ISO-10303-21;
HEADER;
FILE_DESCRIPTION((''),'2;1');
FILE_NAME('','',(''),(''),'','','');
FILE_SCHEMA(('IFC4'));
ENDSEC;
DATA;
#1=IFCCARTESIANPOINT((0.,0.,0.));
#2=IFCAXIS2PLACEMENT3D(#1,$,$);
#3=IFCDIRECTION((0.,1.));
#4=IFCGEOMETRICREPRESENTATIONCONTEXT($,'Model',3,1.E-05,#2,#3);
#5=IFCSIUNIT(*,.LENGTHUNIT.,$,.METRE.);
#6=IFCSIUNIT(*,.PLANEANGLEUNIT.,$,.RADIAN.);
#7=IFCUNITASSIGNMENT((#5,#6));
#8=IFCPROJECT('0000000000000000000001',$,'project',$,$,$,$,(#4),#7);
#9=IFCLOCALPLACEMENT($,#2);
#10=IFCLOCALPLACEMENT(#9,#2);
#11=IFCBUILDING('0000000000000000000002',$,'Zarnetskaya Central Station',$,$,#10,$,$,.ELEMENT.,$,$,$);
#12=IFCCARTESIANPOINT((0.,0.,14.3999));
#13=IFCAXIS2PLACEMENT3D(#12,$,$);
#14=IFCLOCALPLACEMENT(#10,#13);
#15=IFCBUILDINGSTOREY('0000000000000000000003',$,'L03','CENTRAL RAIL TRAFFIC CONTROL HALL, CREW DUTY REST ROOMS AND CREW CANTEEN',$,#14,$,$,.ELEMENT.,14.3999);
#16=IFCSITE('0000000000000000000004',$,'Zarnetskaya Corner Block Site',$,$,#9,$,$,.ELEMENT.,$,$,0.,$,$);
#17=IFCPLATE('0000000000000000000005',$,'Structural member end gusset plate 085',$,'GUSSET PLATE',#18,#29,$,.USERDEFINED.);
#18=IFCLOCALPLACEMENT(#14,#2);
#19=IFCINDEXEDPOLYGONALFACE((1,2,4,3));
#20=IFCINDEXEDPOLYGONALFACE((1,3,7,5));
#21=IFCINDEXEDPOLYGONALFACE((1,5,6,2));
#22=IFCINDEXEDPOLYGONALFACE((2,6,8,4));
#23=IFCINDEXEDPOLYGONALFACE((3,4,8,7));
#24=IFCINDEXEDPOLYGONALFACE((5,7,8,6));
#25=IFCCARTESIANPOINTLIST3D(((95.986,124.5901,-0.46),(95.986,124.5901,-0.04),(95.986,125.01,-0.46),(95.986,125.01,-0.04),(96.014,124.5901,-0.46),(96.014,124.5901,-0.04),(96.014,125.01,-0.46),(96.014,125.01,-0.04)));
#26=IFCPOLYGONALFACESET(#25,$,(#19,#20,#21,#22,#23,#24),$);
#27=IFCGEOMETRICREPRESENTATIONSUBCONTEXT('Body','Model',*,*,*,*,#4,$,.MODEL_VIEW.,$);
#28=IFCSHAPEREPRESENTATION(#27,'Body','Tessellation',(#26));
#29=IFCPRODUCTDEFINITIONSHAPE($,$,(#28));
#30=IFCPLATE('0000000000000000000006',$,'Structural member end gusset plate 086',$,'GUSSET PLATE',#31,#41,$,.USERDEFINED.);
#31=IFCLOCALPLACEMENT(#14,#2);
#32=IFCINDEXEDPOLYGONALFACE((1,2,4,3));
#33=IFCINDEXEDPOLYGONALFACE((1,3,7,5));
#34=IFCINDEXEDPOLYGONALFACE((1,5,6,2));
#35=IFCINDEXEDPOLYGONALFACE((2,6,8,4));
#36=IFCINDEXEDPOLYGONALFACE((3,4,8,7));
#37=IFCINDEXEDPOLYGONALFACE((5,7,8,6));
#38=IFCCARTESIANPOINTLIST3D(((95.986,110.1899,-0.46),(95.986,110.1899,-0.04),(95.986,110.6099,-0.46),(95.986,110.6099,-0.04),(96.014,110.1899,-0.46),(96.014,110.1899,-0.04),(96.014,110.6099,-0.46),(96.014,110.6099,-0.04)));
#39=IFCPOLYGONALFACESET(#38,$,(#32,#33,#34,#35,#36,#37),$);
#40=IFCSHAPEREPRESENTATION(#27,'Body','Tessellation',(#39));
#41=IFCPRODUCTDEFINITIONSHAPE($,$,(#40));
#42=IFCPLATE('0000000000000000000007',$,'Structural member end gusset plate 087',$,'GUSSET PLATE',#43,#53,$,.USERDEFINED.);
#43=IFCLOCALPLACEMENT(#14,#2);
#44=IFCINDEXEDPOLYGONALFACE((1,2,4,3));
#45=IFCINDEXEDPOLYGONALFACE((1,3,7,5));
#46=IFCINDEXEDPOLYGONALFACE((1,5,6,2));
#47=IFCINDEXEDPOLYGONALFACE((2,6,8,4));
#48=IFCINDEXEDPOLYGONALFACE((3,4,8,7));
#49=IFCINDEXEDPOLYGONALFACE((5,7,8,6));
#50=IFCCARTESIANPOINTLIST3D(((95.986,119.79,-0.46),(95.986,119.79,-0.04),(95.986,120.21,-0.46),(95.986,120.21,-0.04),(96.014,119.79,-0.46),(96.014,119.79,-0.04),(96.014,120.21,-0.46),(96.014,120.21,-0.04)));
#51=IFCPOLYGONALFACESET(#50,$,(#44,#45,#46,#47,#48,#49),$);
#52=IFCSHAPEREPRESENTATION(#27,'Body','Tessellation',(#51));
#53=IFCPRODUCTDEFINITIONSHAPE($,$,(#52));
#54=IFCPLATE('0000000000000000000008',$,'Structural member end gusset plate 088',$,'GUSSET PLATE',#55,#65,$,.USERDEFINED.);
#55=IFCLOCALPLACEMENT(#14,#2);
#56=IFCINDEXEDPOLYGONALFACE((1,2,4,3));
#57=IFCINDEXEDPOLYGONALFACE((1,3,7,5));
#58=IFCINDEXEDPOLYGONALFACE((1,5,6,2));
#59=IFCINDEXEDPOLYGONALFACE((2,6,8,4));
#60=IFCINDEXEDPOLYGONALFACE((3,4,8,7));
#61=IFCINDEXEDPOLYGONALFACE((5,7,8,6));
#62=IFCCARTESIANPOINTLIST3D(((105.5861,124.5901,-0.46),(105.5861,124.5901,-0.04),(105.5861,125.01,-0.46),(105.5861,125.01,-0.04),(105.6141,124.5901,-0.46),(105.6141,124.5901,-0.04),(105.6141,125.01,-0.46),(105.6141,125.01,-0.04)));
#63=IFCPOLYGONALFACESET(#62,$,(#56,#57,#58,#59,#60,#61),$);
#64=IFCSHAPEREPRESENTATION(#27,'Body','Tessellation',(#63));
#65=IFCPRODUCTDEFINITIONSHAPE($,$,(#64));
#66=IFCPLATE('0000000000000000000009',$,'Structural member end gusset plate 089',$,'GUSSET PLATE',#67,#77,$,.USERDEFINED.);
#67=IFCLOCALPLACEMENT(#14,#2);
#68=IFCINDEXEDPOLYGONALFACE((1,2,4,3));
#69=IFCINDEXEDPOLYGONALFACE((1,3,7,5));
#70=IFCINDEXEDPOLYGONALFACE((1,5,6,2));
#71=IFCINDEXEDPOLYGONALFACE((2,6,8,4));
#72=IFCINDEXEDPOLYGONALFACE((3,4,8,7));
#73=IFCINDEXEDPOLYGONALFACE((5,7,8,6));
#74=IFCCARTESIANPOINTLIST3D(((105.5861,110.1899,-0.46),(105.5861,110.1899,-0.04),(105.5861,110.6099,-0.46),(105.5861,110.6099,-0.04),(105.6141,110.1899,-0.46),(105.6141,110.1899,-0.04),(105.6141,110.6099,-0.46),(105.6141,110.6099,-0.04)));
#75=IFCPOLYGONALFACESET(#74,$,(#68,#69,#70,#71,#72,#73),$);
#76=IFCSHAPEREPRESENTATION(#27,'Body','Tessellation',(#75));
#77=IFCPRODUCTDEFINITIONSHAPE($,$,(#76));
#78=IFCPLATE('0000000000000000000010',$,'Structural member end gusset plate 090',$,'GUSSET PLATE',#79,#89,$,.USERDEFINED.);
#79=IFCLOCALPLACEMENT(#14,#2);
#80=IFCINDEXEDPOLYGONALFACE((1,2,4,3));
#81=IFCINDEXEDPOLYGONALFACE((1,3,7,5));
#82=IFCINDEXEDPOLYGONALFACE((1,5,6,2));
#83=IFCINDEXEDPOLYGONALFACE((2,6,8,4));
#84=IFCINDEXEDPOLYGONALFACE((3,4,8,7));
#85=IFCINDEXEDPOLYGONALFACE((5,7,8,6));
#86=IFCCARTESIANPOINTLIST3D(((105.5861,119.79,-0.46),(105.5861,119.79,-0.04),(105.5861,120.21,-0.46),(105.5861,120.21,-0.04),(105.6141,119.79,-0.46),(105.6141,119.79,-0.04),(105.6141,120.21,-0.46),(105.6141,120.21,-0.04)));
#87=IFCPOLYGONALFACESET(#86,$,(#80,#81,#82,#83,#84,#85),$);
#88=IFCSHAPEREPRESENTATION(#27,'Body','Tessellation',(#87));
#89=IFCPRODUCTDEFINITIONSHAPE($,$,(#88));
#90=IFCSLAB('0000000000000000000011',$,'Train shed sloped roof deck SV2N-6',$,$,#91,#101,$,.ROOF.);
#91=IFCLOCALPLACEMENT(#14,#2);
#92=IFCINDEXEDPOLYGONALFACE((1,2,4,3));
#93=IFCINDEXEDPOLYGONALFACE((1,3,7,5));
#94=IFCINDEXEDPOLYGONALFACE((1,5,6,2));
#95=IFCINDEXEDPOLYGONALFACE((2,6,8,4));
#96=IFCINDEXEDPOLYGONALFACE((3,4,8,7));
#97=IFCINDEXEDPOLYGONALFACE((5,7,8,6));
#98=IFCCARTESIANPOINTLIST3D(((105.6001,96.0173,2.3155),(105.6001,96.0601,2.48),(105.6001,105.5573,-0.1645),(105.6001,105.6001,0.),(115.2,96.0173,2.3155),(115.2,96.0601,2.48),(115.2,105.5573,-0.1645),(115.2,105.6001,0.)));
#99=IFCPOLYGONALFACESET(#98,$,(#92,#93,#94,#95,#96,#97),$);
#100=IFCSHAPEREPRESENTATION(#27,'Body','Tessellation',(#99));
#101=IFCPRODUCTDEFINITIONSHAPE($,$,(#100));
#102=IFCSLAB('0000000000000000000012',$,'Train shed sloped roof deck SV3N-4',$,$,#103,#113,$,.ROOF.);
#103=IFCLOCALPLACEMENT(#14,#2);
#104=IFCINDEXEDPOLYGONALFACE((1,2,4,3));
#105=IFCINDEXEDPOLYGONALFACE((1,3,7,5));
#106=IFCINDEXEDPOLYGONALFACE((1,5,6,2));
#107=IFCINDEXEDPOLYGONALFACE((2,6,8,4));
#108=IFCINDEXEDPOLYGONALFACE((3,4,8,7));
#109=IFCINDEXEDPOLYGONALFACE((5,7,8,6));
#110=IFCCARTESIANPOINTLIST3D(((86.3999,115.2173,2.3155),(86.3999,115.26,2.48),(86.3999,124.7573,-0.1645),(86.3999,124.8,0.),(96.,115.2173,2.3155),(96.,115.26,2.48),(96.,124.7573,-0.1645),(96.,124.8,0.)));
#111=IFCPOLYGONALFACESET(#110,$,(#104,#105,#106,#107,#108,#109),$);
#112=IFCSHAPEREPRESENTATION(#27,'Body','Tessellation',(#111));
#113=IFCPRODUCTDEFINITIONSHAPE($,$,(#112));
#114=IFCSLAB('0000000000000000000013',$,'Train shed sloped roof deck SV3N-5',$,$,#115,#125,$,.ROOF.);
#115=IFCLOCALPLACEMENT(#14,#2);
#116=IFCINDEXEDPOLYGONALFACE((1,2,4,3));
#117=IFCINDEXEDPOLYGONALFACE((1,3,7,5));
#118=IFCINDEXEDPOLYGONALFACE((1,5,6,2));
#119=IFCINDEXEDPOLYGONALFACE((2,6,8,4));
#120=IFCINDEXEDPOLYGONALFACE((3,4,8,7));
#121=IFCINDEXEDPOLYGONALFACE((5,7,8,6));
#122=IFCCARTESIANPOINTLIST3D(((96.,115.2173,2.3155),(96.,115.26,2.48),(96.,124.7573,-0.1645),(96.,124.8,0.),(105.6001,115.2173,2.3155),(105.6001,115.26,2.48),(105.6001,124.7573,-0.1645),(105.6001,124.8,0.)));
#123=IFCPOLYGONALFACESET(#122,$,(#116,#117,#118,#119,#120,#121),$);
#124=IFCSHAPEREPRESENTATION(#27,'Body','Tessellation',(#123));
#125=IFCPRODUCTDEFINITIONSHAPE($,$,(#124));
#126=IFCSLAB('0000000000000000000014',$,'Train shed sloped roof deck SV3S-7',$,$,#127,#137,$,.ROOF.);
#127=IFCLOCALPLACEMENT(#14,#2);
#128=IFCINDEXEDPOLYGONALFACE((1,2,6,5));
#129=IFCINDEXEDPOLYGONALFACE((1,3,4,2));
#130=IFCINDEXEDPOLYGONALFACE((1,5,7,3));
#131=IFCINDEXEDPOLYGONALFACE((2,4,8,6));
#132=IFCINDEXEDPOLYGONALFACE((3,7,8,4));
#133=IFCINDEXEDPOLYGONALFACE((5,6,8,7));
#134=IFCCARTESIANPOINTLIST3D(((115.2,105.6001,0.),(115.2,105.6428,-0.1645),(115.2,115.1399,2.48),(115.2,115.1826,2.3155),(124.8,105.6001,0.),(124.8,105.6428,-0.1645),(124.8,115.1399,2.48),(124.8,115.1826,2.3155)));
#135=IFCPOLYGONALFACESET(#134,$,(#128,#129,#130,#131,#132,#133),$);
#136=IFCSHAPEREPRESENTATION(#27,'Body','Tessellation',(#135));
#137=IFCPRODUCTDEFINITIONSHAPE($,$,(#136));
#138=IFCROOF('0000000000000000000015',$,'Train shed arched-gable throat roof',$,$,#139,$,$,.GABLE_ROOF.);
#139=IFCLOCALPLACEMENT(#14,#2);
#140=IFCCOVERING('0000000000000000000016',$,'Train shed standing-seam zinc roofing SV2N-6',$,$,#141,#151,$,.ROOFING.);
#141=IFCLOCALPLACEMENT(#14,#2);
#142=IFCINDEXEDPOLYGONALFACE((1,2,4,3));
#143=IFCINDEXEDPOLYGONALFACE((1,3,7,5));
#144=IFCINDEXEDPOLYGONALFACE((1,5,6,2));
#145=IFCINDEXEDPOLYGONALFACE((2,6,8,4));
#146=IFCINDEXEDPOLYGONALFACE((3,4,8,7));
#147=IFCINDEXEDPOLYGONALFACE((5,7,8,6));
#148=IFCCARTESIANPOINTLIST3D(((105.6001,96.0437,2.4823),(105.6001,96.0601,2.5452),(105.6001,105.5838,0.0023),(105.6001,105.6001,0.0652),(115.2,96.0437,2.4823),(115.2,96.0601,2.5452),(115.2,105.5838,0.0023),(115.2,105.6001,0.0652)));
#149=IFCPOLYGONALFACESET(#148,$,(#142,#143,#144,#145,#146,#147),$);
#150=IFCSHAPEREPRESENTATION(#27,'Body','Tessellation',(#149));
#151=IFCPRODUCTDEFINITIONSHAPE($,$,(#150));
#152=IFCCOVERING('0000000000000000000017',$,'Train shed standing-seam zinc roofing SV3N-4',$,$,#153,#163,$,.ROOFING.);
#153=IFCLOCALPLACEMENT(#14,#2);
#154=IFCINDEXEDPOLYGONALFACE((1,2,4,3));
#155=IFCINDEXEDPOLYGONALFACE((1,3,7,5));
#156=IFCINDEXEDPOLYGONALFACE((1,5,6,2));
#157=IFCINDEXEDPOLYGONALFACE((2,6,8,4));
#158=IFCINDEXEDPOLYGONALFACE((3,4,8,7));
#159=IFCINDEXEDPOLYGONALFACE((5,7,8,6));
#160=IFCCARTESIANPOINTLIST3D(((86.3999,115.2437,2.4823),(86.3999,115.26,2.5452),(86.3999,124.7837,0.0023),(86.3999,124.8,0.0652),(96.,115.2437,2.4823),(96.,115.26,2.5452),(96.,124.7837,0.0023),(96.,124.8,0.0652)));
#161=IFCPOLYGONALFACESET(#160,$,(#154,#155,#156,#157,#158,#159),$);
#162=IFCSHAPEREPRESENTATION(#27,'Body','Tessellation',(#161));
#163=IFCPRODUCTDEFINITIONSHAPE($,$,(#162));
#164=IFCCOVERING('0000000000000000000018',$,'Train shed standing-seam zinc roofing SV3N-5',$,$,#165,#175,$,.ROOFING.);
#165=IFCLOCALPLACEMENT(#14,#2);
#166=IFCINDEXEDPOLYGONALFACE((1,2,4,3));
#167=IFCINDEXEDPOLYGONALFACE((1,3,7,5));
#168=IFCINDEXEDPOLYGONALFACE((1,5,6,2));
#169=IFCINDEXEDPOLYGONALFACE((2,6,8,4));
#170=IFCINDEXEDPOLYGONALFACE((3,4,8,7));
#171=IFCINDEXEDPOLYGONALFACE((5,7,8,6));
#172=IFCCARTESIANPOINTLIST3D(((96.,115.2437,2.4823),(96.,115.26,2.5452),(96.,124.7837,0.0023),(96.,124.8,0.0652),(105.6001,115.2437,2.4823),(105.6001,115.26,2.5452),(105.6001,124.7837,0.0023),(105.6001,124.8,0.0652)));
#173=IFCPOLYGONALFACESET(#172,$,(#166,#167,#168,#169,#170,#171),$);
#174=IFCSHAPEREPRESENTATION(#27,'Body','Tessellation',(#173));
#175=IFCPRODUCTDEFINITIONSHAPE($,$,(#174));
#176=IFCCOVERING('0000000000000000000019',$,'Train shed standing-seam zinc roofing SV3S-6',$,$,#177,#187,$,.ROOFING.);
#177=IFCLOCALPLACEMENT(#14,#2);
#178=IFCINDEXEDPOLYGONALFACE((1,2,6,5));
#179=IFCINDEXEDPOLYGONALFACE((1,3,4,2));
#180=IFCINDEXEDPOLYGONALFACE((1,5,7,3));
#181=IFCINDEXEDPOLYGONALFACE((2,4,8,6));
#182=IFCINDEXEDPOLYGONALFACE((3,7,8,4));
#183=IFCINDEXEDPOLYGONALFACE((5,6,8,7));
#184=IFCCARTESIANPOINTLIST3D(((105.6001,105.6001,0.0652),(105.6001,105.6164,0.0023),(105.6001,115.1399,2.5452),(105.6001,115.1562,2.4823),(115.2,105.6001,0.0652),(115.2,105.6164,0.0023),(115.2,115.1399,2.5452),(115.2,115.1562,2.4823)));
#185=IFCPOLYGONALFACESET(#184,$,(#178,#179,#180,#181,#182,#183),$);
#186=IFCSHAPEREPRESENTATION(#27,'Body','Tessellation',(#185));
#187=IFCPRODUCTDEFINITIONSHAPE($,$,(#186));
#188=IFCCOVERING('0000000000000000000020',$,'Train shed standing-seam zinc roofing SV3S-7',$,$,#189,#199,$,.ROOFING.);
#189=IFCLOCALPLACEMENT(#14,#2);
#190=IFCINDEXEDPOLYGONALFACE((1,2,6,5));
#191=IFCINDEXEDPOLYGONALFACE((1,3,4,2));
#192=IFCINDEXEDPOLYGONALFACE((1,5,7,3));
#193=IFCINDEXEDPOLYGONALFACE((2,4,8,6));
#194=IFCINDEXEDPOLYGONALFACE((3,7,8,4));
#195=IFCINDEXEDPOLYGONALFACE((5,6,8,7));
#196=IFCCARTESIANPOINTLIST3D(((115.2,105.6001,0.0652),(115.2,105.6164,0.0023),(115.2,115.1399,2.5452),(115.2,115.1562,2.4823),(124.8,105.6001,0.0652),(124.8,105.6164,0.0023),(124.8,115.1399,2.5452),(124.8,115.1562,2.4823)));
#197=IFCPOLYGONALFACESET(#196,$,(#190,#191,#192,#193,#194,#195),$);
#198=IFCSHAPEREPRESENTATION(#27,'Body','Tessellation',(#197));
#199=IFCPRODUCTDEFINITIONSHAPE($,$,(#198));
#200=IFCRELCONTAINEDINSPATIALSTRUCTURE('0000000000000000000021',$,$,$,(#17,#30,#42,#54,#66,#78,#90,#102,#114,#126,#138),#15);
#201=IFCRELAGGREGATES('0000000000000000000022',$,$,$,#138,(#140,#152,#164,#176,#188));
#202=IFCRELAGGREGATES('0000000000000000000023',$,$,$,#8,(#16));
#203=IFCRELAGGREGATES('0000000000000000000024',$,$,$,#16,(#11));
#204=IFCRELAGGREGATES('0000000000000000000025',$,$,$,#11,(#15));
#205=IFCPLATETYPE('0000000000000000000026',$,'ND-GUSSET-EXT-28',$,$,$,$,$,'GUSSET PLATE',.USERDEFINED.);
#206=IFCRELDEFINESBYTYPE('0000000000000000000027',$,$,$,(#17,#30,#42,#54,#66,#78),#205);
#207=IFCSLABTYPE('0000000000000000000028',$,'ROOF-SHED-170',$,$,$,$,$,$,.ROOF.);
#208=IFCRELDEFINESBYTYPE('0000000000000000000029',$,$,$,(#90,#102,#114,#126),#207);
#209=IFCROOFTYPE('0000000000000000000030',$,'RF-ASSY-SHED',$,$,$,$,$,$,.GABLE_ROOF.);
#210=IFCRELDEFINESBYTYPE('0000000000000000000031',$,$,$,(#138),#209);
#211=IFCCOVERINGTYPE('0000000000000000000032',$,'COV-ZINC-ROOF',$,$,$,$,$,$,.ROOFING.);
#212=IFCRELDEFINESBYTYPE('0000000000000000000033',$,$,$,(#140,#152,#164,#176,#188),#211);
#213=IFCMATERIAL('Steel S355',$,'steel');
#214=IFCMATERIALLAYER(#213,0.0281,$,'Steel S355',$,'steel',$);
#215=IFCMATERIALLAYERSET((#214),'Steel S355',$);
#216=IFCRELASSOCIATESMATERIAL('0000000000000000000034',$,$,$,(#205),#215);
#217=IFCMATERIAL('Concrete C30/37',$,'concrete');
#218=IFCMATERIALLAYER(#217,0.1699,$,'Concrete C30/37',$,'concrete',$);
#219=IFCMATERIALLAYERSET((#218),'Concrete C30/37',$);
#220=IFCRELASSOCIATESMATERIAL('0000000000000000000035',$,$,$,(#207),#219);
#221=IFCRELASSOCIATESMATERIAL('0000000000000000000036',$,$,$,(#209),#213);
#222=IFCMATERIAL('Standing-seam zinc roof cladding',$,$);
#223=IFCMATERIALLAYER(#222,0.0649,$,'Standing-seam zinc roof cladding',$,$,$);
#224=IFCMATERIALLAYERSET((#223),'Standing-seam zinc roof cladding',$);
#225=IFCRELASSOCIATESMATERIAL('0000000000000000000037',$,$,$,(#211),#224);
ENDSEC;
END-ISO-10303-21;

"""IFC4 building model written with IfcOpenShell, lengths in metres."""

from ifc_helpers import new_model, si_unit, direction, frame, origin, origin_2d, place, context, subcontext, project, spatial, polyline, rectangle, outline, extrude, material, layer, layer_set, type_object, element, aggregate, save


model = new_model("IFC4")

# Units and contexts
model_context = context("Model", 3, precision=1e-05, world=origin(), true_north=direction((0.0, 1.0)))
body_context = subcontext(model_context, "Body", "Model", "MODEL_VIEW")
ifc_project = project(units=[si_unit("LENGTHUNIT", "METRE"), si_unit("PLANEANGLEUNIT", "RADIAN")], contexts=[model_context])

# Site, building, storey
site_placement = place(None, origin())
site = spatial("IfcSite", under=ifc_project, at=site_placement, Name="Zarnetskaya Corner Block Site", CompositionType="ELEMENT", RefElevation=0.0)
building_placement = place(site_placement, origin())
building = spatial("IfcBuilding", under=site, at=building_placement, Name="Zarnetskaya Central Station", CompositionType="ELEMENT")
storey_placement = place(building_placement, frame((0.0, 0.0, 14.3999)))
storey = spatial("IfcBuildingStorey", under=building, at=storey_placement, Name="L03", Description="CENTRAL RAIL TRAFFIC CONTROL HALL, CREW DUTY REST ROOMS AND CREW CANTEEN", CompositionType="ELEMENT", Elevation=14.3999)

# Shared definitions
ifc_material_1 = material(Name="Steel S355", Category="steel")

# Plates
ifc_layer_1 = layer(ifc_material_1, 0.0281, Name="Steel S355", Category="steel")
ifc_layer_set_1 = layer_set([ifc_layer_1], Name="Steel S355")
plate_type_1 = type_object("IfcPlateType", Name="ND-GUSSET-EXT-28", ElementType="GUSSET PLATE", PredefinedType="USERDEFINED", material=ifc_layer_set_1)
for number, where, z_axis, x_axis, name in (
    (1, (96.0, 124.8, -0.46), (0.0, 0.0, 1.0), (1.0, 0.0, 0.0), "Structural member end gusset plate 085"),
    (2, (96.0, 110.3999, -0.46), (0.0, 0.0, 1.0), (1.0, 0.0, 0.0), "Structural member end gusset plate 086"),
    (3, (96.0, 120.0, -0.46), (0.0, 0.0, 1.0), (1.0, 0.0, 0.0), "Structural member end gusset plate 087"),
    (4, (105.6001, 124.8, -0.46), (0.0, 0.0, 1.0), (1.0, 0.0, 0.0), "Structural member end gusset plate 088"),
    (5, (105.6001, 110.3999, -0.46), (0.0, 0.0, 1.0), (1.0, 0.0, 0.0), "Structural member end gusset plate 089"),
    (6, (105.6001, 120.0, -0.46), (0.0, 0.0, 1.0), (1.0, 0.0, 0.0), "Structural member end gusset plate 090"),
):
    element("IfcPlate", number, at=place(storey_placement, frame(where, z_axis=z_axis, x_axis=x_axis)), inside=storey, type_object=plate_type_1, Name=name, ObjectType="GUSSET PLATE", PredefinedType="USERDEFINED", context=body_context, shape_type="SweptSolid", body=[
        extrude(rectangle(XDim=0.0281, YDim=0.4199, at=origin_2d()), origin(), (0.0, 0.0, 1.0), 0.4199),
    ])

# Slabs
ifc_material_2 = material(Name="Concrete C30/37", Category="concrete")
ifc_layer_2 = layer(ifc_material_2, 0.1699, Name="Concrete C30/37", Category="concrete")
ifc_layer_set_2 = layer_set([ifc_layer_2], Name="Concrete C30/37")
slab_type = type_object("IfcSlabType", Name="ROOF-SHED-170", PredefinedType="ROOF", material=ifc_layer_set_2)
slab_1_placement = place(storey_placement, frame((115.2, 105.6001, 0.0), z_axis=(0.0, 0.251593, 0.967833), x_axis=(-1.0, 0.0, 0.0)))
element("IfcSlab", 7, at=slab_1_placement, inside=storey, type_object=slab_type, Name="Train shed sloped roof deck SV2N-6", PredefinedType="ROOF", context=body_context, shape_type="SweptSolid", body=[
    extrude(outline(polyline([(0.0, 0.0), (9.5999, 0.0), (9.5999, 9.8571), (0.0, 9.8571), (0.0, 0.0)])), origin(), (0.0, 0.0, -1.0), 0.1699),
])
for number, where, z_axis, x_axis, name in (
    (8, (96.0, 124.8, 0.0), (0.0, 0.251593, 0.967833), (-1.0, 0.0, 0.0), "Train shed sloped roof deck SV3N-4"),
    (9, (105.6001, 124.8, 0.0), (0.0, 0.251593, 0.967833), (-1.0, 0.0, 0.0), "Train shed sloped roof deck SV3N-5"),
):
    element("IfcSlab", number, at=place(storey_placement, frame(where, z_axis=z_axis, x_axis=x_axis)), inside=storey, type_object=slab_type, Name=name, PredefinedType="ROOF", context=body_context, shape_type="SweptSolid", body=[
        extrude(outline(polyline([(0.0, 0.0), (9.6001, 0.0), (9.6001, 9.8571), (0.0, 9.8571), (0.0, 0.0)])), origin(), (0.0, 0.0, -1.0), 0.1699),
    ])
slab_2_placement = place(storey_placement, frame((115.2, 105.6001, 0.0), z_axis=(0.0, -0.251599, 0.967832), x_axis=(1.0, 0.0, 0.0)))
element("IfcSlab", 10, at=slab_2_placement, inside=storey, type_object=slab_type, Name="Train shed sloped roof deck SV3S-7", PredefinedType="ROOF", context=body_context, shape_type="SweptSolid", body=[
    extrude(outline(polyline([(0.0, 0.0), (9.6001, 0.0), (9.6001, 9.8569), (0.0, 9.8569), (0.0, 0.0)])), origin(), (0.0, 0.0, -1.0), 0.1699),
])

# Roof, coverings
roof_type = type_object("IfcRoofType", Name="RF-ASSY-SHED", PredefinedType="GABLE_ROOF", material=ifc_material_1)
roof_placement = place(storey_placement, origin())
roof = element("IfcRoof", 11, at=roof_placement, inside=storey, type_object=roof_type, Name="Train shed arched-gable throat roof", PredefinedType="GABLE_ROOF")
ifc_material_3 = material(Name="Standing-seam zinc roof cladding")
ifc_layer_3 = layer(ifc_material_3, 0.0649, Name="Standing-seam zinc roof cladding")
ifc_layer_set_3 = layer_set([ifc_layer_3], Name="Standing-seam zinc roof cladding")
covering_type = type_object("IfcCoveringType", Name="COV-ZINC-ROOF", PredefinedType="ROOFING", material=ifc_layer_set_3)
covering_1_placement = place(storey_placement, frame((115.2, 105.6001, 0.0652), z_axis=(0.0, 0.251593, 0.967833), x_axis=(-1.0, 0.0, 0.0)))
covering_1 = element("IfcCovering", 12, at=covering_1_placement, type_object=covering_type, Name="Train shed standing-seam zinc roofing SV2N-6", PredefinedType="ROOFING", context=body_context, shape_type="SweptSolid", body=[
    extrude(outline(polyline([(0.0, 0.0), (9.5999, 0.0), (9.5999, 9.8571), (0.0, 9.8571), (0.0, 0.0)])), origin(), (0.0, 0.0, -1.0), 0.0649),
])
covering_2_placement = place(storey_placement, frame((96.0, 124.8, 0.0652), z_axis=(0.0, 0.251593, 0.967833), x_axis=(-1.0, 0.0, 0.0)))
covering_2 = element("IfcCovering", 13, at=covering_2_placement, type_object=covering_type, Name="Train shed standing-seam zinc roofing SV3N-4", PredefinedType="ROOFING", context=body_context, shape_type="SweptSolid", body=[
    extrude(outline(polyline([(0.0, 0.0), (9.6001, 0.0), (9.6001, 9.8571), (0.0, 9.8571), (0.0, 0.0)])), origin(), (0.0, 0.0, -1.0), 0.0649),
])
covering_3_placement = place(storey_placement, frame((105.6001, 124.8, 0.0652), z_axis=(0.0, 0.251593, 0.967833), x_axis=(-1.0, 0.0, 0.0)))
covering_3 = element("IfcCovering", 14, at=covering_3_placement, type_object=covering_type, Name="Train shed standing-seam zinc roofing SV3N-5", PredefinedType="ROOFING", context=body_context, shape_type="SweptSolid", body=[
    extrude(outline(polyline([(0.0, 0.0), (9.6001, 0.0), (9.6001, 9.8571), (0.0, 9.8571), (0.0, 0.0)])), origin(), (0.0, 0.0, -1.0), 0.0649),
])
covering_4_placement = place(storey_placement, frame((105.6001, 105.6001, 0.0652), z_axis=(0.0, -0.251599, 0.967832), x_axis=(1.0, 0.0, 0.0)))
covering_4 = element("IfcCovering", 15, at=covering_4_placement, type_object=covering_type, Name="Train shed standing-seam zinc roofing SV3S-6", PredefinedType="ROOFING", context=body_context, shape_type="SweptSolid", body=[
    extrude(outline(polyline([(0.0, 0.0), (9.5999, 0.0), (9.5999, 9.8569), (0.0, 9.8569), (0.0, 0.0)])), origin(), (0.0, 0.0, -1.0), 0.0649),
])
covering_5_placement = place(storey_placement, frame((115.2, 105.6001, 0.0652), z_axis=(0.0, -0.251599, 0.967832), x_axis=(1.0, 0.0, 0.0)))
covering_5 = element("IfcCovering", 16, at=covering_5_placement, type_object=covering_type, Name="Train shed standing-seam zinc roofing SV3S-7", PredefinedType="ROOFING", context=body_context, shape_type="SweptSolid", body=[
    extrude(outline(polyline([(0.0, 0.0), (9.6001, 0.0), (9.6001, 9.8569), (0.0, 9.8569), (0.0, 0.0)])), origin(), (0.0, 0.0, -1.0), 0.0649),
])
aggregate(roof, [covering_1, covering_2, covering_3, covering_4, covering_5])

save(model, "model.ifc")
